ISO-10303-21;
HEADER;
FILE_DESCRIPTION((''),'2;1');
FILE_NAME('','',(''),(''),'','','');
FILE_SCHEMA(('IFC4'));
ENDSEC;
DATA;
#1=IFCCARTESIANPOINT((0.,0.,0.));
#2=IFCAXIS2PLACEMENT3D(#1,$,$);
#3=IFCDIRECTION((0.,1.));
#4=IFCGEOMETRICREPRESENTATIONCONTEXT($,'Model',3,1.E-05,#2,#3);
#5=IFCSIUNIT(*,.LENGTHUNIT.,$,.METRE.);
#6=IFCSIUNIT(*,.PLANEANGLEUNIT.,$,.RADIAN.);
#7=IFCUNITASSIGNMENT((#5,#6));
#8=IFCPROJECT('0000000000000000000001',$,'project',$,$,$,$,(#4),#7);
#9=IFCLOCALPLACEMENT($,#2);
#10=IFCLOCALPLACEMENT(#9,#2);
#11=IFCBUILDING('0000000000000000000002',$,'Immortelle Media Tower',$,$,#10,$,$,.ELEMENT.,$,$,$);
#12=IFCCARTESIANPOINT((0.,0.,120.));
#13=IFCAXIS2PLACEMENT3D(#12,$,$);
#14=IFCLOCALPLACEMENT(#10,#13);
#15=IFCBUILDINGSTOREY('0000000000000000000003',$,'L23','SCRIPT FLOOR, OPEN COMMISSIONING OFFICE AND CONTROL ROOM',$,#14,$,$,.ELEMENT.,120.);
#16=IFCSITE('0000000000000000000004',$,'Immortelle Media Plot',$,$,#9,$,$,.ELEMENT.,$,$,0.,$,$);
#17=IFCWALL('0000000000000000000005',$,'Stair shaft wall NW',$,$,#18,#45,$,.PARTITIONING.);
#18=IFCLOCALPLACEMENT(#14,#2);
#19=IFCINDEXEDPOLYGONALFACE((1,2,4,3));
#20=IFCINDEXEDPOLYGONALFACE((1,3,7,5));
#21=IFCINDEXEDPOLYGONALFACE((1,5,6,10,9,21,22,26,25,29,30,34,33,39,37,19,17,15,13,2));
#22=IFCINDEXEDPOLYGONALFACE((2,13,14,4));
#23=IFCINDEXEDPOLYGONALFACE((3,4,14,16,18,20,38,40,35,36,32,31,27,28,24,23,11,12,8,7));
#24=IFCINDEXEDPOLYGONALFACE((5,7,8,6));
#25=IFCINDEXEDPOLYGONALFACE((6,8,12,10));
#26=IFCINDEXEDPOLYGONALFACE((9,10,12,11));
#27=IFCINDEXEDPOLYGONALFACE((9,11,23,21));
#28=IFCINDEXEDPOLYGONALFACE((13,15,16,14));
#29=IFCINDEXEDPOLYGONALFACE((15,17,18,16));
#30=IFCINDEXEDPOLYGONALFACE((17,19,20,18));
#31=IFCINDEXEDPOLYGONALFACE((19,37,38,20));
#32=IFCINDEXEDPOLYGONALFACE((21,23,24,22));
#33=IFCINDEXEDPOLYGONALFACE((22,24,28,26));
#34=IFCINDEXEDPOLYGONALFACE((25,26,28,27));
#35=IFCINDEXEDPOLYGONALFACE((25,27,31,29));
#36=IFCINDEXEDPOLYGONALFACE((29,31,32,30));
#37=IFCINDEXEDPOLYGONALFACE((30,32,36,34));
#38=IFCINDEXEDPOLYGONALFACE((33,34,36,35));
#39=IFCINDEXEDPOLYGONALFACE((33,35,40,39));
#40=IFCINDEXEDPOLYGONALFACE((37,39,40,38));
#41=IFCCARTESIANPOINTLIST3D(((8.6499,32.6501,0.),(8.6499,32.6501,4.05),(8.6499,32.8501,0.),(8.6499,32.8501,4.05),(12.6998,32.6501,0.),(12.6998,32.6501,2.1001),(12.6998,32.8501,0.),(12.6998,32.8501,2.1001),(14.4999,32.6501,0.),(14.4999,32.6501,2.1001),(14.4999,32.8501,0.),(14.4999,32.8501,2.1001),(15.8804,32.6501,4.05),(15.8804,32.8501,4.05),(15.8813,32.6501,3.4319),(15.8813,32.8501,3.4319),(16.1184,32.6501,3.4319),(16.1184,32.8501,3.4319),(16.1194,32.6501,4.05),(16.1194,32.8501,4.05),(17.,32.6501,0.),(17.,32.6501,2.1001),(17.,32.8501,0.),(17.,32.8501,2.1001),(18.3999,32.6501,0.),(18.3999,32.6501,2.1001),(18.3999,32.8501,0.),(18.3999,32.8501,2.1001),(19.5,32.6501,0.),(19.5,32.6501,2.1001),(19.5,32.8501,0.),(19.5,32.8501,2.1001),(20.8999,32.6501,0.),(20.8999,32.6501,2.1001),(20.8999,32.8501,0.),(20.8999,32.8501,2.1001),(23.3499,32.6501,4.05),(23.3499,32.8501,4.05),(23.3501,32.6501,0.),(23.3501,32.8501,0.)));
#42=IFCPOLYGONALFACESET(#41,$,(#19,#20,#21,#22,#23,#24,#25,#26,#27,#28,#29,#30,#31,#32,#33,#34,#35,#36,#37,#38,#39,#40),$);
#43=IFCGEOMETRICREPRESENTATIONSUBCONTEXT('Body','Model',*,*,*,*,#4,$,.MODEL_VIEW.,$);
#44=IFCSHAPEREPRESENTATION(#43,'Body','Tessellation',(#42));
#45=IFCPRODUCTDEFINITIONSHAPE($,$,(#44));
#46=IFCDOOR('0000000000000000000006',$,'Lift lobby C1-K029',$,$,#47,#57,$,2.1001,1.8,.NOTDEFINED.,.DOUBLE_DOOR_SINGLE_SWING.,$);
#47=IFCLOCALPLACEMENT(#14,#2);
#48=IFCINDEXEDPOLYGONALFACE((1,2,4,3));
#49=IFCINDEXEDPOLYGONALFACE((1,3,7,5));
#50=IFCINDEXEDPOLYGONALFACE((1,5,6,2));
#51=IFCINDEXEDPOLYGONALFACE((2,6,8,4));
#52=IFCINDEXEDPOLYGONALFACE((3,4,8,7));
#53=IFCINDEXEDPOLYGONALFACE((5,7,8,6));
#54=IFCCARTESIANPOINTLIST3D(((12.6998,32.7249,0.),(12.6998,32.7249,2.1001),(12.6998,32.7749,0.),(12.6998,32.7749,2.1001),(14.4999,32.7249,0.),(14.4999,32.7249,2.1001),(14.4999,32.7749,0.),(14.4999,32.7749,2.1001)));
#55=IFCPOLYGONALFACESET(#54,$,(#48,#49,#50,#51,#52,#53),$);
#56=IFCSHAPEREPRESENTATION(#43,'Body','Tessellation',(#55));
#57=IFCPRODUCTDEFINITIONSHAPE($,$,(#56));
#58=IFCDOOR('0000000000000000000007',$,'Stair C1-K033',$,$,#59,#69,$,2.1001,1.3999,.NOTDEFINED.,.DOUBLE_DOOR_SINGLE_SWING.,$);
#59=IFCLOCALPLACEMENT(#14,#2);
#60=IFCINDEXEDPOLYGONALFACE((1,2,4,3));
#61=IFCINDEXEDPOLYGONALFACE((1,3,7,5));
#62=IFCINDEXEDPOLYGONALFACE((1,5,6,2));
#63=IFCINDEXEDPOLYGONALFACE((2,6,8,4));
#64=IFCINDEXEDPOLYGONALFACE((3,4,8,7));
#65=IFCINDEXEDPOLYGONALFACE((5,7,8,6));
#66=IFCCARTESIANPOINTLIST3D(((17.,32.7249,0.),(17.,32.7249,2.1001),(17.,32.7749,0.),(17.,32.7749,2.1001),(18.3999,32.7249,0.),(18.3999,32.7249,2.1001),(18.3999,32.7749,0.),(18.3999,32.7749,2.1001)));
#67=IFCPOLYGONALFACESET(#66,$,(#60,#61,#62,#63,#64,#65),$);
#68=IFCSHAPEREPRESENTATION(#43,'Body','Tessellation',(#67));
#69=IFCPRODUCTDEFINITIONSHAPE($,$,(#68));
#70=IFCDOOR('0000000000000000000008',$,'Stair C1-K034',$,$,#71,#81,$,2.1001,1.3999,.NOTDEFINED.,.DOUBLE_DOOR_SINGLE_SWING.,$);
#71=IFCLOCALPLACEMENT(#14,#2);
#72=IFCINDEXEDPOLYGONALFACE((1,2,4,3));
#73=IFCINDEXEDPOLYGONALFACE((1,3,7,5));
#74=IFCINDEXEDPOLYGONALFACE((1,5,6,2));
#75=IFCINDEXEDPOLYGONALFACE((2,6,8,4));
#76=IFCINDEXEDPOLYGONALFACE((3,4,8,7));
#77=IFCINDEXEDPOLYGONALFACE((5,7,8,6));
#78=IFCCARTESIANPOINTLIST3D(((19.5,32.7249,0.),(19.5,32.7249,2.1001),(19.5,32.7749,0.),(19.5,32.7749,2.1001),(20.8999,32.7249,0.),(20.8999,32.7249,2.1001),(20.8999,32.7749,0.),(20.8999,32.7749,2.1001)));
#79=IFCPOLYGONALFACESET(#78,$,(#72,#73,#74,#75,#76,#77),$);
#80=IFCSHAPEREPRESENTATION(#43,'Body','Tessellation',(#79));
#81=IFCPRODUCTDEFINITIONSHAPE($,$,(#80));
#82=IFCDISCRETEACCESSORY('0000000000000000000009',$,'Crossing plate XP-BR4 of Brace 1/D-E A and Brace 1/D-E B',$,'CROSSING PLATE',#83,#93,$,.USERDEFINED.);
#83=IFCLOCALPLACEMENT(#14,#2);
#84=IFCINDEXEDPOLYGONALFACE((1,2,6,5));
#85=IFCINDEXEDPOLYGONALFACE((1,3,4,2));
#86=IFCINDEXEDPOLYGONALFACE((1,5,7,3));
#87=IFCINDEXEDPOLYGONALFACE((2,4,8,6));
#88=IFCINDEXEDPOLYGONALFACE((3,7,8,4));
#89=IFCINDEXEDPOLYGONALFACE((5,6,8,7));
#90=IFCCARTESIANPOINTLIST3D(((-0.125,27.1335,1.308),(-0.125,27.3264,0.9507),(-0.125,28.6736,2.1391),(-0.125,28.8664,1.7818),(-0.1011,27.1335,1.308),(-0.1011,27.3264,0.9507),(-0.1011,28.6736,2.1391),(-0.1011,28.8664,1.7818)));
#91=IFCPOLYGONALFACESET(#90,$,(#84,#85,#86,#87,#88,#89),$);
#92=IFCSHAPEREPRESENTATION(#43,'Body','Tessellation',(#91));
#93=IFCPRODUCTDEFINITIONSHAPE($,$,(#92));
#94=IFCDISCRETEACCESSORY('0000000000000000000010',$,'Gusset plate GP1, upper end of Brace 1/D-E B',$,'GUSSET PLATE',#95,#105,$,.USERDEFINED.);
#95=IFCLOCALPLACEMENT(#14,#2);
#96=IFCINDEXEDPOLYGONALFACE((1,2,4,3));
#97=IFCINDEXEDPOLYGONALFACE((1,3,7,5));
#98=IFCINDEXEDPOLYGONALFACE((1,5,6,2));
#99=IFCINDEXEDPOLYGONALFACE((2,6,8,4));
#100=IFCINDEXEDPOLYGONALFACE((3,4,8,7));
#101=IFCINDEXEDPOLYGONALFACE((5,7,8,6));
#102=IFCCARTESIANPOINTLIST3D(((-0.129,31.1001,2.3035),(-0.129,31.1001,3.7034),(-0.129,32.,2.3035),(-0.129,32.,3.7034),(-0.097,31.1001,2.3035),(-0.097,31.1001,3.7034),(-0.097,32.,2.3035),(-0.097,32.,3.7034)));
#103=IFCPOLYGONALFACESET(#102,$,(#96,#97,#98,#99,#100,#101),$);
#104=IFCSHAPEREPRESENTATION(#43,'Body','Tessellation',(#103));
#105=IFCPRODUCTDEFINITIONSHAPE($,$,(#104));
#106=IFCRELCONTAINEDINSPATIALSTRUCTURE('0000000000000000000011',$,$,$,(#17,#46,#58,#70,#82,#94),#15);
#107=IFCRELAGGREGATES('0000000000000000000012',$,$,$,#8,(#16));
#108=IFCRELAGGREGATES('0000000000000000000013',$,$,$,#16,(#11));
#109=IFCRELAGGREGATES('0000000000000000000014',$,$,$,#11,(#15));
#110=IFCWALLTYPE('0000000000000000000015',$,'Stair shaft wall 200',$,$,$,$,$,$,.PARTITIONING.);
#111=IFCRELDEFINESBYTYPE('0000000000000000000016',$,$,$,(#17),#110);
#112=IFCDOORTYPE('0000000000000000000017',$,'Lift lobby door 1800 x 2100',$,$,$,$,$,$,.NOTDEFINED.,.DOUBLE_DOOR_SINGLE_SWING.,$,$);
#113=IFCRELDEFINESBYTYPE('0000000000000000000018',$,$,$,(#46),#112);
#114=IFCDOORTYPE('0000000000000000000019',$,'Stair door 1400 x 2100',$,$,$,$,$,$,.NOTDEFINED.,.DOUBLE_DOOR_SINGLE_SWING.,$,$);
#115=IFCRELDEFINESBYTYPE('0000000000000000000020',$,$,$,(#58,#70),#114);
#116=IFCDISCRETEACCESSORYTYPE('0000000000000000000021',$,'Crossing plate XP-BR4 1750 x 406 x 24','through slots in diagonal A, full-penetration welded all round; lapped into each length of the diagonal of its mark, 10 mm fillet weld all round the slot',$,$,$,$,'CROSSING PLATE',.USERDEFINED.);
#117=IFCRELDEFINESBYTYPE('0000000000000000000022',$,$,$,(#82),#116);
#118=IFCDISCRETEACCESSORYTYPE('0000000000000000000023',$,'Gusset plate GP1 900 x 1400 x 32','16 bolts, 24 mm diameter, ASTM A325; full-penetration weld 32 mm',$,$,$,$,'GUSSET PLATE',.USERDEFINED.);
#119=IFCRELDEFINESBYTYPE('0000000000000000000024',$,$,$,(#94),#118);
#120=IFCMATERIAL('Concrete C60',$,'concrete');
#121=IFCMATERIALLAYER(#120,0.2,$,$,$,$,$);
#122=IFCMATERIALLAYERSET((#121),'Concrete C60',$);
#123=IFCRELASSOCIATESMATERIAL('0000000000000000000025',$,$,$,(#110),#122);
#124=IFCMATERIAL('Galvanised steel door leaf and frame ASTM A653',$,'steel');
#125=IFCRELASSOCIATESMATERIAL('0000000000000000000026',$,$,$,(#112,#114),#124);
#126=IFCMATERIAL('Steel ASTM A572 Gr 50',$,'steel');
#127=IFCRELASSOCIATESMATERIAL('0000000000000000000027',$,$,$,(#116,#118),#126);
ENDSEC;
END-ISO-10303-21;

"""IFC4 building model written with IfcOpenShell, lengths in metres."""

from ifc_helpers import new_model, si_unit, direction, frame, frame_2d, origin, origin_2d, place, context, subcontext, project, spatial, polyline, rectangle, outline, extrude, material, layer, layer_set, material_profile, profile_set, type_object, element, fill, save


model = new_model("IFC4")

# Units and contexts
model_context = context("Model", 3, precision=1e-05, world=origin(), true_north=direction((0.0, 1.0)))
body_context = subcontext(model_context, "Body", "Model", "MODEL_VIEW")
ifc_project = project(units=[si_unit("LENGTHUNIT", "METRE"), si_unit("PLANEANGLEUNIT", "RADIAN")], contexts=[model_context])

# Site, building, storey
site_placement = place(None, origin())
site = spatial("IfcSite", under=ifc_project, at=site_placement, Name="Immortelle Media Plot", CompositionType="ELEMENT", RefElevation=0.0)
building_placement = place(site_placement, origin())
building = spatial("IfcBuilding", under=site, at=building_placement, Name="Immortelle Media Tower", CompositionType="ELEMENT")
storey_placement = place(building_placement, frame((0.0, 0.0, 120.0)))
storey = spatial("IfcBuildingStorey", under=building, at=storey_placement, Name="L23", Description="SCRIPT FLOOR, OPEN COMMISSIONING OFFICE AND CONTROL ROOM", CompositionType="ELEMENT", Elevation=120.0)

# Wall, openings, doors
ifc_material_1 = material(Name="Concrete C60", Category="concrete")
ifc_layer_1 = layer(ifc_material_1, 0.2)
ifc_layer_set_1 = layer_set([ifc_layer_1], Name="Concrete C60")
wall_type_1 = type_object("IfcWallType", Name="Stair shaft wall 200", PredefinedType="PARTITIONING", material=ifc_layer_set_1)
wall_1_placement = place(storey_placement, frame((8.6499, 32.75, 0.0), z_axis=(0.0, 0.0, 1.0), x_axis=(1.0, 0.0, 0.0)))
wall_1 = element("IfcWall", 1, at=wall_1_placement, inside=storey, type_object=wall_type_1, Name="Stair shaft wall NW", PredefinedType="PARTITIONING", context=body_context, shape_type="SweptSolid", body=[
    extrude(outline(polyline([(0.0, 0.0), (14.7002, 0.0), (14.7, 4.05), (7.4695, 4.05), (7.4685, 3.4319), (7.2314, 3.4319), (7.2305, 4.05), (0.0, 4.05), (0.0, 0.0)])), frame((0.0, 0.1001, 0.0), z_axis=(0.0, -1.0, 0.0), x_axis=(1.0, 0.0, 0.0)), (0.0, 0.0, 1.0), 0.2),
])
opening_1_placement = place(wall_1_placement, frame((4.05, 0.0, 0.0)))
opening_1 = element("IfcOpeningElement", 2, at=opening_1_placement, cuts=wall_1, PredefinedType="OPENING", context=body_context, shape_type="SweptSolid", body=[
    extrude(rectangle(XDim=1.8, YDim=2.1001, at=frame_2d((0.8999, 1.05))), frame((0.0, 0.1099, 0.0), z_axis=(0.0, -1.0, 0.0), x_axis=(1.0, 0.0, 0.0)), (0.0, 0.0, 1.0), 0.22),
])
opening_2_placement = place(wall_1_placement, frame((8.3501, 0.0, 0.0)))
opening_2 = element("IfcOpeningElement", 3, at=opening_2_placement, cuts=wall_1, PredefinedType="OPENING", context=body_context, shape_type="SweptSolid", body=[
    extrude(rectangle(XDim=1.3999, YDim=2.1001, at=frame_2d((0.7, 1.05))), frame((0.0, 0.1099, 0.0), z_axis=(0.0, -1.0, 0.0), x_axis=(1.0, 0.0, 0.0)), (0.0, 0.0, 1.0), 0.22),
])
opening_3_placement = place(wall_1_placement, frame((10.8501, 0.0, 0.0)))
opening_3 = element("IfcOpeningElement", 4, at=opening_3_placement, cuts=wall_1, PredefinedType="OPENING", context=body_context, shape_type="SweptSolid", body=[
    extrude(rectangle(XDim=1.3999, YDim=2.1001, at=frame_2d((0.7, 1.05))), frame((0.0, 0.1099, 0.0), z_axis=(0.0, -1.0, 0.0), x_axis=(1.0, 0.0, 0.0)), (0.0, 0.0, 1.0), 0.22),
])
ifc_material_2 = material(Name="Galvanised steel door leaf and frame ASTM A653", Category="steel")
door_type_1 = type_object("IfcDoorType", Name="Lift lobby door 1800 x 2100", OperationType="DOUBLE_DOOR_SINGLE_SWING", PredefinedType="NOTDEFINED", material=ifc_material_2)
door_1_placement = place(opening_1_placement, origin())
door_1 = element("IfcDoor", 5, at=door_1_placement, inside=storey, type_object=door_type_1, Name="Lift lobby C1-K029", OperationType="DOUBLE_DOOR_SINGLE_SWING", OverallHeight=2.1001, OverallWidth=1.8, PredefinedType="NOTDEFINED", context=body_context, shape_type="SweptSolid", body=[
    extrude(rectangle(XDim=1.8, YDim=2.1001, at=frame_2d((0.8999, 1.05))), frame((0.0, 0.0249, 0.0), z_axis=(0.0, -1.0, 0.0), x_axis=(1.0, 0.0, 0.0)), (0.0, 0.0, 1.0), 0.05),
])
fill(opening_1, door_1)
door_type_2 = type_object("IfcDoorType", Name="Stair door 1400 x 2100", OperationType="DOUBLE_DOOR_SINGLE_SWING", PredefinedType="NOTDEFINED", material=ifc_material_2)
door_2_placement = place(opening_2_placement, origin())
door_2 = element("IfcDoor", 6, at=door_2_placement, inside=storey, type_object=door_type_2, Name="Stair C1-K033", OperationType="DOUBLE_DOOR_SINGLE_SWING", OverallHeight=2.1001, OverallWidth=1.3999, PredefinedType="NOTDEFINED", context=body_context, shape_type="SweptSolid", body=[
    extrude(rectangle(XDim=1.3999, YDim=2.1001, at=frame_2d((0.7, 1.05))), frame((0.0, 0.0249, 0.0), z_axis=(0.0, -1.0, 0.0), x_axis=(1.0, 0.0, 0.0)), (0.0, 0.0, 1.0), 0.05),
])
fill(opening_2, door_2)
door_3_placement = place(opening_3_placement, origin())
door_3 = element("IfcDoor", 7, at=door_3_placement, inside=storey, type_object=door_type_2, Name="Stair C1-K034", OperationType="DOUBLE_DOOR_SINGLE_SWING", OverallHeight=2.1001, OverallWidth=1.3999, PredefinedType="NOTDEFINED", context=body_context, shape_type="SweptSolid", body=[
    extrude(rectangle(XDim=1.3999, YDim=2.1001, at=frame_2d((0.7, 1.05))), frame((0.0, 0.0249, 0.0), z_axis=(0.0, -1.0, 0.0), x_axis=(1.0, 0.0, 0.0)), (0.0, 0.0, 1.0), 0.05),
])
fill(opening_3, door_3)

# Discrete accessories
ifc_material_3 = material(Name="Steel ASTM A572 Gr 50", Category="steel")
ifc_material_profile_1 = material_profile(ifc_material_3, rectangle(XDim=0.0239, YDim=0.406, at=origin_2d()), Name="PL 24 x 406")
ifc_profile_set_1 = profile_set([ifc_material_profile_1], Name="Steel ASTM A572 Gr 50")
discrete_accessory_type_1 = type_object("IfcDiscreteAccessoryType", Name="Crossing plate XP-BR4 1750 x 406 x 24", Description="through slots in diagonal A, full-penetration welded all round; lapped into each length of the diagonal of its mark, 10 mm fillet weld all round the slot", ElementType="CROSSING PLATE", PredefinedType="USERDEFINED", material=ifc_profile_set_1)
discrete_accessory_1_placement = place(storey_placement, frame((-0.113, 28.77, 1.9604), z_axis=(0.0, -0.880041, -0.474898), x_axis=(1.0, 0.0, 0.0)))
element("IfcDiscreteAccessory", 8, at=discrete_accessory_1_placement, inside=storey, type_object=discrete_accessory_type_1, Name="Crossing plate XP-BR4 of Brace 1/D-E A and Brace 1/D-E B", ObjectType="CROSSING PLATE", PredefinedType="USERDEFINED", context=body_context, shape_type="SweptSolid", body=[
    extrude(rectangle(XDim=0.0239, YDim=0.406, at=origin_2d()), origin(), (0.0, 0.0, 1.0), 1.75),
])
ifc_material_profile_2 = material_profile(ifc_material_3, rectangle(XDim=0.032, YDim=1.3999, at=origin_2d()), Name="PL 32 x 1400")
ifc_profile_set_2 = profile_set([ifc_material_profile_2], Name="Steel ASTM A572 Gr 50")
discrete_accessory_type_2 = type_object("IfcDiscreteAccessoryType", Name="Gusset plate GP1 900 x 1400 x 32", Description="16 bolts, 24 mm diameter, ASTM A325; full-penetration weld 32 mm", ElementType="GUSSET PLATE", PredefinedType="USERDEFINED", material=ifc_profile_set_2)
discrete_accessory_2_placement = place(storey_placement, frame((-0.113, 32.0, 3.0034), z_axis=(0.0, -1.0, 0.0), x_axis=(1.0, 0.0, 0.0)))
element("IfcDiscreteAccessory", 9, at=discrete_accessory_2_placement, inside=storey, type_object=discrete_accessory_type_2, Name="Gusset plate GP1, upper end of Brace 1/D-E B", ObjectType="GUSSET PLATE", PredefinedType="USERDEFINED", context=body_context, shape_type="SweptSolid", body=[
    extrude(rectangle(XDim=0.032, YDim=1.3999, at=origin_2d()), origin(), (0.0, 0.0, 1.0), 0.8999),
])

save(model, "model.ifc")
